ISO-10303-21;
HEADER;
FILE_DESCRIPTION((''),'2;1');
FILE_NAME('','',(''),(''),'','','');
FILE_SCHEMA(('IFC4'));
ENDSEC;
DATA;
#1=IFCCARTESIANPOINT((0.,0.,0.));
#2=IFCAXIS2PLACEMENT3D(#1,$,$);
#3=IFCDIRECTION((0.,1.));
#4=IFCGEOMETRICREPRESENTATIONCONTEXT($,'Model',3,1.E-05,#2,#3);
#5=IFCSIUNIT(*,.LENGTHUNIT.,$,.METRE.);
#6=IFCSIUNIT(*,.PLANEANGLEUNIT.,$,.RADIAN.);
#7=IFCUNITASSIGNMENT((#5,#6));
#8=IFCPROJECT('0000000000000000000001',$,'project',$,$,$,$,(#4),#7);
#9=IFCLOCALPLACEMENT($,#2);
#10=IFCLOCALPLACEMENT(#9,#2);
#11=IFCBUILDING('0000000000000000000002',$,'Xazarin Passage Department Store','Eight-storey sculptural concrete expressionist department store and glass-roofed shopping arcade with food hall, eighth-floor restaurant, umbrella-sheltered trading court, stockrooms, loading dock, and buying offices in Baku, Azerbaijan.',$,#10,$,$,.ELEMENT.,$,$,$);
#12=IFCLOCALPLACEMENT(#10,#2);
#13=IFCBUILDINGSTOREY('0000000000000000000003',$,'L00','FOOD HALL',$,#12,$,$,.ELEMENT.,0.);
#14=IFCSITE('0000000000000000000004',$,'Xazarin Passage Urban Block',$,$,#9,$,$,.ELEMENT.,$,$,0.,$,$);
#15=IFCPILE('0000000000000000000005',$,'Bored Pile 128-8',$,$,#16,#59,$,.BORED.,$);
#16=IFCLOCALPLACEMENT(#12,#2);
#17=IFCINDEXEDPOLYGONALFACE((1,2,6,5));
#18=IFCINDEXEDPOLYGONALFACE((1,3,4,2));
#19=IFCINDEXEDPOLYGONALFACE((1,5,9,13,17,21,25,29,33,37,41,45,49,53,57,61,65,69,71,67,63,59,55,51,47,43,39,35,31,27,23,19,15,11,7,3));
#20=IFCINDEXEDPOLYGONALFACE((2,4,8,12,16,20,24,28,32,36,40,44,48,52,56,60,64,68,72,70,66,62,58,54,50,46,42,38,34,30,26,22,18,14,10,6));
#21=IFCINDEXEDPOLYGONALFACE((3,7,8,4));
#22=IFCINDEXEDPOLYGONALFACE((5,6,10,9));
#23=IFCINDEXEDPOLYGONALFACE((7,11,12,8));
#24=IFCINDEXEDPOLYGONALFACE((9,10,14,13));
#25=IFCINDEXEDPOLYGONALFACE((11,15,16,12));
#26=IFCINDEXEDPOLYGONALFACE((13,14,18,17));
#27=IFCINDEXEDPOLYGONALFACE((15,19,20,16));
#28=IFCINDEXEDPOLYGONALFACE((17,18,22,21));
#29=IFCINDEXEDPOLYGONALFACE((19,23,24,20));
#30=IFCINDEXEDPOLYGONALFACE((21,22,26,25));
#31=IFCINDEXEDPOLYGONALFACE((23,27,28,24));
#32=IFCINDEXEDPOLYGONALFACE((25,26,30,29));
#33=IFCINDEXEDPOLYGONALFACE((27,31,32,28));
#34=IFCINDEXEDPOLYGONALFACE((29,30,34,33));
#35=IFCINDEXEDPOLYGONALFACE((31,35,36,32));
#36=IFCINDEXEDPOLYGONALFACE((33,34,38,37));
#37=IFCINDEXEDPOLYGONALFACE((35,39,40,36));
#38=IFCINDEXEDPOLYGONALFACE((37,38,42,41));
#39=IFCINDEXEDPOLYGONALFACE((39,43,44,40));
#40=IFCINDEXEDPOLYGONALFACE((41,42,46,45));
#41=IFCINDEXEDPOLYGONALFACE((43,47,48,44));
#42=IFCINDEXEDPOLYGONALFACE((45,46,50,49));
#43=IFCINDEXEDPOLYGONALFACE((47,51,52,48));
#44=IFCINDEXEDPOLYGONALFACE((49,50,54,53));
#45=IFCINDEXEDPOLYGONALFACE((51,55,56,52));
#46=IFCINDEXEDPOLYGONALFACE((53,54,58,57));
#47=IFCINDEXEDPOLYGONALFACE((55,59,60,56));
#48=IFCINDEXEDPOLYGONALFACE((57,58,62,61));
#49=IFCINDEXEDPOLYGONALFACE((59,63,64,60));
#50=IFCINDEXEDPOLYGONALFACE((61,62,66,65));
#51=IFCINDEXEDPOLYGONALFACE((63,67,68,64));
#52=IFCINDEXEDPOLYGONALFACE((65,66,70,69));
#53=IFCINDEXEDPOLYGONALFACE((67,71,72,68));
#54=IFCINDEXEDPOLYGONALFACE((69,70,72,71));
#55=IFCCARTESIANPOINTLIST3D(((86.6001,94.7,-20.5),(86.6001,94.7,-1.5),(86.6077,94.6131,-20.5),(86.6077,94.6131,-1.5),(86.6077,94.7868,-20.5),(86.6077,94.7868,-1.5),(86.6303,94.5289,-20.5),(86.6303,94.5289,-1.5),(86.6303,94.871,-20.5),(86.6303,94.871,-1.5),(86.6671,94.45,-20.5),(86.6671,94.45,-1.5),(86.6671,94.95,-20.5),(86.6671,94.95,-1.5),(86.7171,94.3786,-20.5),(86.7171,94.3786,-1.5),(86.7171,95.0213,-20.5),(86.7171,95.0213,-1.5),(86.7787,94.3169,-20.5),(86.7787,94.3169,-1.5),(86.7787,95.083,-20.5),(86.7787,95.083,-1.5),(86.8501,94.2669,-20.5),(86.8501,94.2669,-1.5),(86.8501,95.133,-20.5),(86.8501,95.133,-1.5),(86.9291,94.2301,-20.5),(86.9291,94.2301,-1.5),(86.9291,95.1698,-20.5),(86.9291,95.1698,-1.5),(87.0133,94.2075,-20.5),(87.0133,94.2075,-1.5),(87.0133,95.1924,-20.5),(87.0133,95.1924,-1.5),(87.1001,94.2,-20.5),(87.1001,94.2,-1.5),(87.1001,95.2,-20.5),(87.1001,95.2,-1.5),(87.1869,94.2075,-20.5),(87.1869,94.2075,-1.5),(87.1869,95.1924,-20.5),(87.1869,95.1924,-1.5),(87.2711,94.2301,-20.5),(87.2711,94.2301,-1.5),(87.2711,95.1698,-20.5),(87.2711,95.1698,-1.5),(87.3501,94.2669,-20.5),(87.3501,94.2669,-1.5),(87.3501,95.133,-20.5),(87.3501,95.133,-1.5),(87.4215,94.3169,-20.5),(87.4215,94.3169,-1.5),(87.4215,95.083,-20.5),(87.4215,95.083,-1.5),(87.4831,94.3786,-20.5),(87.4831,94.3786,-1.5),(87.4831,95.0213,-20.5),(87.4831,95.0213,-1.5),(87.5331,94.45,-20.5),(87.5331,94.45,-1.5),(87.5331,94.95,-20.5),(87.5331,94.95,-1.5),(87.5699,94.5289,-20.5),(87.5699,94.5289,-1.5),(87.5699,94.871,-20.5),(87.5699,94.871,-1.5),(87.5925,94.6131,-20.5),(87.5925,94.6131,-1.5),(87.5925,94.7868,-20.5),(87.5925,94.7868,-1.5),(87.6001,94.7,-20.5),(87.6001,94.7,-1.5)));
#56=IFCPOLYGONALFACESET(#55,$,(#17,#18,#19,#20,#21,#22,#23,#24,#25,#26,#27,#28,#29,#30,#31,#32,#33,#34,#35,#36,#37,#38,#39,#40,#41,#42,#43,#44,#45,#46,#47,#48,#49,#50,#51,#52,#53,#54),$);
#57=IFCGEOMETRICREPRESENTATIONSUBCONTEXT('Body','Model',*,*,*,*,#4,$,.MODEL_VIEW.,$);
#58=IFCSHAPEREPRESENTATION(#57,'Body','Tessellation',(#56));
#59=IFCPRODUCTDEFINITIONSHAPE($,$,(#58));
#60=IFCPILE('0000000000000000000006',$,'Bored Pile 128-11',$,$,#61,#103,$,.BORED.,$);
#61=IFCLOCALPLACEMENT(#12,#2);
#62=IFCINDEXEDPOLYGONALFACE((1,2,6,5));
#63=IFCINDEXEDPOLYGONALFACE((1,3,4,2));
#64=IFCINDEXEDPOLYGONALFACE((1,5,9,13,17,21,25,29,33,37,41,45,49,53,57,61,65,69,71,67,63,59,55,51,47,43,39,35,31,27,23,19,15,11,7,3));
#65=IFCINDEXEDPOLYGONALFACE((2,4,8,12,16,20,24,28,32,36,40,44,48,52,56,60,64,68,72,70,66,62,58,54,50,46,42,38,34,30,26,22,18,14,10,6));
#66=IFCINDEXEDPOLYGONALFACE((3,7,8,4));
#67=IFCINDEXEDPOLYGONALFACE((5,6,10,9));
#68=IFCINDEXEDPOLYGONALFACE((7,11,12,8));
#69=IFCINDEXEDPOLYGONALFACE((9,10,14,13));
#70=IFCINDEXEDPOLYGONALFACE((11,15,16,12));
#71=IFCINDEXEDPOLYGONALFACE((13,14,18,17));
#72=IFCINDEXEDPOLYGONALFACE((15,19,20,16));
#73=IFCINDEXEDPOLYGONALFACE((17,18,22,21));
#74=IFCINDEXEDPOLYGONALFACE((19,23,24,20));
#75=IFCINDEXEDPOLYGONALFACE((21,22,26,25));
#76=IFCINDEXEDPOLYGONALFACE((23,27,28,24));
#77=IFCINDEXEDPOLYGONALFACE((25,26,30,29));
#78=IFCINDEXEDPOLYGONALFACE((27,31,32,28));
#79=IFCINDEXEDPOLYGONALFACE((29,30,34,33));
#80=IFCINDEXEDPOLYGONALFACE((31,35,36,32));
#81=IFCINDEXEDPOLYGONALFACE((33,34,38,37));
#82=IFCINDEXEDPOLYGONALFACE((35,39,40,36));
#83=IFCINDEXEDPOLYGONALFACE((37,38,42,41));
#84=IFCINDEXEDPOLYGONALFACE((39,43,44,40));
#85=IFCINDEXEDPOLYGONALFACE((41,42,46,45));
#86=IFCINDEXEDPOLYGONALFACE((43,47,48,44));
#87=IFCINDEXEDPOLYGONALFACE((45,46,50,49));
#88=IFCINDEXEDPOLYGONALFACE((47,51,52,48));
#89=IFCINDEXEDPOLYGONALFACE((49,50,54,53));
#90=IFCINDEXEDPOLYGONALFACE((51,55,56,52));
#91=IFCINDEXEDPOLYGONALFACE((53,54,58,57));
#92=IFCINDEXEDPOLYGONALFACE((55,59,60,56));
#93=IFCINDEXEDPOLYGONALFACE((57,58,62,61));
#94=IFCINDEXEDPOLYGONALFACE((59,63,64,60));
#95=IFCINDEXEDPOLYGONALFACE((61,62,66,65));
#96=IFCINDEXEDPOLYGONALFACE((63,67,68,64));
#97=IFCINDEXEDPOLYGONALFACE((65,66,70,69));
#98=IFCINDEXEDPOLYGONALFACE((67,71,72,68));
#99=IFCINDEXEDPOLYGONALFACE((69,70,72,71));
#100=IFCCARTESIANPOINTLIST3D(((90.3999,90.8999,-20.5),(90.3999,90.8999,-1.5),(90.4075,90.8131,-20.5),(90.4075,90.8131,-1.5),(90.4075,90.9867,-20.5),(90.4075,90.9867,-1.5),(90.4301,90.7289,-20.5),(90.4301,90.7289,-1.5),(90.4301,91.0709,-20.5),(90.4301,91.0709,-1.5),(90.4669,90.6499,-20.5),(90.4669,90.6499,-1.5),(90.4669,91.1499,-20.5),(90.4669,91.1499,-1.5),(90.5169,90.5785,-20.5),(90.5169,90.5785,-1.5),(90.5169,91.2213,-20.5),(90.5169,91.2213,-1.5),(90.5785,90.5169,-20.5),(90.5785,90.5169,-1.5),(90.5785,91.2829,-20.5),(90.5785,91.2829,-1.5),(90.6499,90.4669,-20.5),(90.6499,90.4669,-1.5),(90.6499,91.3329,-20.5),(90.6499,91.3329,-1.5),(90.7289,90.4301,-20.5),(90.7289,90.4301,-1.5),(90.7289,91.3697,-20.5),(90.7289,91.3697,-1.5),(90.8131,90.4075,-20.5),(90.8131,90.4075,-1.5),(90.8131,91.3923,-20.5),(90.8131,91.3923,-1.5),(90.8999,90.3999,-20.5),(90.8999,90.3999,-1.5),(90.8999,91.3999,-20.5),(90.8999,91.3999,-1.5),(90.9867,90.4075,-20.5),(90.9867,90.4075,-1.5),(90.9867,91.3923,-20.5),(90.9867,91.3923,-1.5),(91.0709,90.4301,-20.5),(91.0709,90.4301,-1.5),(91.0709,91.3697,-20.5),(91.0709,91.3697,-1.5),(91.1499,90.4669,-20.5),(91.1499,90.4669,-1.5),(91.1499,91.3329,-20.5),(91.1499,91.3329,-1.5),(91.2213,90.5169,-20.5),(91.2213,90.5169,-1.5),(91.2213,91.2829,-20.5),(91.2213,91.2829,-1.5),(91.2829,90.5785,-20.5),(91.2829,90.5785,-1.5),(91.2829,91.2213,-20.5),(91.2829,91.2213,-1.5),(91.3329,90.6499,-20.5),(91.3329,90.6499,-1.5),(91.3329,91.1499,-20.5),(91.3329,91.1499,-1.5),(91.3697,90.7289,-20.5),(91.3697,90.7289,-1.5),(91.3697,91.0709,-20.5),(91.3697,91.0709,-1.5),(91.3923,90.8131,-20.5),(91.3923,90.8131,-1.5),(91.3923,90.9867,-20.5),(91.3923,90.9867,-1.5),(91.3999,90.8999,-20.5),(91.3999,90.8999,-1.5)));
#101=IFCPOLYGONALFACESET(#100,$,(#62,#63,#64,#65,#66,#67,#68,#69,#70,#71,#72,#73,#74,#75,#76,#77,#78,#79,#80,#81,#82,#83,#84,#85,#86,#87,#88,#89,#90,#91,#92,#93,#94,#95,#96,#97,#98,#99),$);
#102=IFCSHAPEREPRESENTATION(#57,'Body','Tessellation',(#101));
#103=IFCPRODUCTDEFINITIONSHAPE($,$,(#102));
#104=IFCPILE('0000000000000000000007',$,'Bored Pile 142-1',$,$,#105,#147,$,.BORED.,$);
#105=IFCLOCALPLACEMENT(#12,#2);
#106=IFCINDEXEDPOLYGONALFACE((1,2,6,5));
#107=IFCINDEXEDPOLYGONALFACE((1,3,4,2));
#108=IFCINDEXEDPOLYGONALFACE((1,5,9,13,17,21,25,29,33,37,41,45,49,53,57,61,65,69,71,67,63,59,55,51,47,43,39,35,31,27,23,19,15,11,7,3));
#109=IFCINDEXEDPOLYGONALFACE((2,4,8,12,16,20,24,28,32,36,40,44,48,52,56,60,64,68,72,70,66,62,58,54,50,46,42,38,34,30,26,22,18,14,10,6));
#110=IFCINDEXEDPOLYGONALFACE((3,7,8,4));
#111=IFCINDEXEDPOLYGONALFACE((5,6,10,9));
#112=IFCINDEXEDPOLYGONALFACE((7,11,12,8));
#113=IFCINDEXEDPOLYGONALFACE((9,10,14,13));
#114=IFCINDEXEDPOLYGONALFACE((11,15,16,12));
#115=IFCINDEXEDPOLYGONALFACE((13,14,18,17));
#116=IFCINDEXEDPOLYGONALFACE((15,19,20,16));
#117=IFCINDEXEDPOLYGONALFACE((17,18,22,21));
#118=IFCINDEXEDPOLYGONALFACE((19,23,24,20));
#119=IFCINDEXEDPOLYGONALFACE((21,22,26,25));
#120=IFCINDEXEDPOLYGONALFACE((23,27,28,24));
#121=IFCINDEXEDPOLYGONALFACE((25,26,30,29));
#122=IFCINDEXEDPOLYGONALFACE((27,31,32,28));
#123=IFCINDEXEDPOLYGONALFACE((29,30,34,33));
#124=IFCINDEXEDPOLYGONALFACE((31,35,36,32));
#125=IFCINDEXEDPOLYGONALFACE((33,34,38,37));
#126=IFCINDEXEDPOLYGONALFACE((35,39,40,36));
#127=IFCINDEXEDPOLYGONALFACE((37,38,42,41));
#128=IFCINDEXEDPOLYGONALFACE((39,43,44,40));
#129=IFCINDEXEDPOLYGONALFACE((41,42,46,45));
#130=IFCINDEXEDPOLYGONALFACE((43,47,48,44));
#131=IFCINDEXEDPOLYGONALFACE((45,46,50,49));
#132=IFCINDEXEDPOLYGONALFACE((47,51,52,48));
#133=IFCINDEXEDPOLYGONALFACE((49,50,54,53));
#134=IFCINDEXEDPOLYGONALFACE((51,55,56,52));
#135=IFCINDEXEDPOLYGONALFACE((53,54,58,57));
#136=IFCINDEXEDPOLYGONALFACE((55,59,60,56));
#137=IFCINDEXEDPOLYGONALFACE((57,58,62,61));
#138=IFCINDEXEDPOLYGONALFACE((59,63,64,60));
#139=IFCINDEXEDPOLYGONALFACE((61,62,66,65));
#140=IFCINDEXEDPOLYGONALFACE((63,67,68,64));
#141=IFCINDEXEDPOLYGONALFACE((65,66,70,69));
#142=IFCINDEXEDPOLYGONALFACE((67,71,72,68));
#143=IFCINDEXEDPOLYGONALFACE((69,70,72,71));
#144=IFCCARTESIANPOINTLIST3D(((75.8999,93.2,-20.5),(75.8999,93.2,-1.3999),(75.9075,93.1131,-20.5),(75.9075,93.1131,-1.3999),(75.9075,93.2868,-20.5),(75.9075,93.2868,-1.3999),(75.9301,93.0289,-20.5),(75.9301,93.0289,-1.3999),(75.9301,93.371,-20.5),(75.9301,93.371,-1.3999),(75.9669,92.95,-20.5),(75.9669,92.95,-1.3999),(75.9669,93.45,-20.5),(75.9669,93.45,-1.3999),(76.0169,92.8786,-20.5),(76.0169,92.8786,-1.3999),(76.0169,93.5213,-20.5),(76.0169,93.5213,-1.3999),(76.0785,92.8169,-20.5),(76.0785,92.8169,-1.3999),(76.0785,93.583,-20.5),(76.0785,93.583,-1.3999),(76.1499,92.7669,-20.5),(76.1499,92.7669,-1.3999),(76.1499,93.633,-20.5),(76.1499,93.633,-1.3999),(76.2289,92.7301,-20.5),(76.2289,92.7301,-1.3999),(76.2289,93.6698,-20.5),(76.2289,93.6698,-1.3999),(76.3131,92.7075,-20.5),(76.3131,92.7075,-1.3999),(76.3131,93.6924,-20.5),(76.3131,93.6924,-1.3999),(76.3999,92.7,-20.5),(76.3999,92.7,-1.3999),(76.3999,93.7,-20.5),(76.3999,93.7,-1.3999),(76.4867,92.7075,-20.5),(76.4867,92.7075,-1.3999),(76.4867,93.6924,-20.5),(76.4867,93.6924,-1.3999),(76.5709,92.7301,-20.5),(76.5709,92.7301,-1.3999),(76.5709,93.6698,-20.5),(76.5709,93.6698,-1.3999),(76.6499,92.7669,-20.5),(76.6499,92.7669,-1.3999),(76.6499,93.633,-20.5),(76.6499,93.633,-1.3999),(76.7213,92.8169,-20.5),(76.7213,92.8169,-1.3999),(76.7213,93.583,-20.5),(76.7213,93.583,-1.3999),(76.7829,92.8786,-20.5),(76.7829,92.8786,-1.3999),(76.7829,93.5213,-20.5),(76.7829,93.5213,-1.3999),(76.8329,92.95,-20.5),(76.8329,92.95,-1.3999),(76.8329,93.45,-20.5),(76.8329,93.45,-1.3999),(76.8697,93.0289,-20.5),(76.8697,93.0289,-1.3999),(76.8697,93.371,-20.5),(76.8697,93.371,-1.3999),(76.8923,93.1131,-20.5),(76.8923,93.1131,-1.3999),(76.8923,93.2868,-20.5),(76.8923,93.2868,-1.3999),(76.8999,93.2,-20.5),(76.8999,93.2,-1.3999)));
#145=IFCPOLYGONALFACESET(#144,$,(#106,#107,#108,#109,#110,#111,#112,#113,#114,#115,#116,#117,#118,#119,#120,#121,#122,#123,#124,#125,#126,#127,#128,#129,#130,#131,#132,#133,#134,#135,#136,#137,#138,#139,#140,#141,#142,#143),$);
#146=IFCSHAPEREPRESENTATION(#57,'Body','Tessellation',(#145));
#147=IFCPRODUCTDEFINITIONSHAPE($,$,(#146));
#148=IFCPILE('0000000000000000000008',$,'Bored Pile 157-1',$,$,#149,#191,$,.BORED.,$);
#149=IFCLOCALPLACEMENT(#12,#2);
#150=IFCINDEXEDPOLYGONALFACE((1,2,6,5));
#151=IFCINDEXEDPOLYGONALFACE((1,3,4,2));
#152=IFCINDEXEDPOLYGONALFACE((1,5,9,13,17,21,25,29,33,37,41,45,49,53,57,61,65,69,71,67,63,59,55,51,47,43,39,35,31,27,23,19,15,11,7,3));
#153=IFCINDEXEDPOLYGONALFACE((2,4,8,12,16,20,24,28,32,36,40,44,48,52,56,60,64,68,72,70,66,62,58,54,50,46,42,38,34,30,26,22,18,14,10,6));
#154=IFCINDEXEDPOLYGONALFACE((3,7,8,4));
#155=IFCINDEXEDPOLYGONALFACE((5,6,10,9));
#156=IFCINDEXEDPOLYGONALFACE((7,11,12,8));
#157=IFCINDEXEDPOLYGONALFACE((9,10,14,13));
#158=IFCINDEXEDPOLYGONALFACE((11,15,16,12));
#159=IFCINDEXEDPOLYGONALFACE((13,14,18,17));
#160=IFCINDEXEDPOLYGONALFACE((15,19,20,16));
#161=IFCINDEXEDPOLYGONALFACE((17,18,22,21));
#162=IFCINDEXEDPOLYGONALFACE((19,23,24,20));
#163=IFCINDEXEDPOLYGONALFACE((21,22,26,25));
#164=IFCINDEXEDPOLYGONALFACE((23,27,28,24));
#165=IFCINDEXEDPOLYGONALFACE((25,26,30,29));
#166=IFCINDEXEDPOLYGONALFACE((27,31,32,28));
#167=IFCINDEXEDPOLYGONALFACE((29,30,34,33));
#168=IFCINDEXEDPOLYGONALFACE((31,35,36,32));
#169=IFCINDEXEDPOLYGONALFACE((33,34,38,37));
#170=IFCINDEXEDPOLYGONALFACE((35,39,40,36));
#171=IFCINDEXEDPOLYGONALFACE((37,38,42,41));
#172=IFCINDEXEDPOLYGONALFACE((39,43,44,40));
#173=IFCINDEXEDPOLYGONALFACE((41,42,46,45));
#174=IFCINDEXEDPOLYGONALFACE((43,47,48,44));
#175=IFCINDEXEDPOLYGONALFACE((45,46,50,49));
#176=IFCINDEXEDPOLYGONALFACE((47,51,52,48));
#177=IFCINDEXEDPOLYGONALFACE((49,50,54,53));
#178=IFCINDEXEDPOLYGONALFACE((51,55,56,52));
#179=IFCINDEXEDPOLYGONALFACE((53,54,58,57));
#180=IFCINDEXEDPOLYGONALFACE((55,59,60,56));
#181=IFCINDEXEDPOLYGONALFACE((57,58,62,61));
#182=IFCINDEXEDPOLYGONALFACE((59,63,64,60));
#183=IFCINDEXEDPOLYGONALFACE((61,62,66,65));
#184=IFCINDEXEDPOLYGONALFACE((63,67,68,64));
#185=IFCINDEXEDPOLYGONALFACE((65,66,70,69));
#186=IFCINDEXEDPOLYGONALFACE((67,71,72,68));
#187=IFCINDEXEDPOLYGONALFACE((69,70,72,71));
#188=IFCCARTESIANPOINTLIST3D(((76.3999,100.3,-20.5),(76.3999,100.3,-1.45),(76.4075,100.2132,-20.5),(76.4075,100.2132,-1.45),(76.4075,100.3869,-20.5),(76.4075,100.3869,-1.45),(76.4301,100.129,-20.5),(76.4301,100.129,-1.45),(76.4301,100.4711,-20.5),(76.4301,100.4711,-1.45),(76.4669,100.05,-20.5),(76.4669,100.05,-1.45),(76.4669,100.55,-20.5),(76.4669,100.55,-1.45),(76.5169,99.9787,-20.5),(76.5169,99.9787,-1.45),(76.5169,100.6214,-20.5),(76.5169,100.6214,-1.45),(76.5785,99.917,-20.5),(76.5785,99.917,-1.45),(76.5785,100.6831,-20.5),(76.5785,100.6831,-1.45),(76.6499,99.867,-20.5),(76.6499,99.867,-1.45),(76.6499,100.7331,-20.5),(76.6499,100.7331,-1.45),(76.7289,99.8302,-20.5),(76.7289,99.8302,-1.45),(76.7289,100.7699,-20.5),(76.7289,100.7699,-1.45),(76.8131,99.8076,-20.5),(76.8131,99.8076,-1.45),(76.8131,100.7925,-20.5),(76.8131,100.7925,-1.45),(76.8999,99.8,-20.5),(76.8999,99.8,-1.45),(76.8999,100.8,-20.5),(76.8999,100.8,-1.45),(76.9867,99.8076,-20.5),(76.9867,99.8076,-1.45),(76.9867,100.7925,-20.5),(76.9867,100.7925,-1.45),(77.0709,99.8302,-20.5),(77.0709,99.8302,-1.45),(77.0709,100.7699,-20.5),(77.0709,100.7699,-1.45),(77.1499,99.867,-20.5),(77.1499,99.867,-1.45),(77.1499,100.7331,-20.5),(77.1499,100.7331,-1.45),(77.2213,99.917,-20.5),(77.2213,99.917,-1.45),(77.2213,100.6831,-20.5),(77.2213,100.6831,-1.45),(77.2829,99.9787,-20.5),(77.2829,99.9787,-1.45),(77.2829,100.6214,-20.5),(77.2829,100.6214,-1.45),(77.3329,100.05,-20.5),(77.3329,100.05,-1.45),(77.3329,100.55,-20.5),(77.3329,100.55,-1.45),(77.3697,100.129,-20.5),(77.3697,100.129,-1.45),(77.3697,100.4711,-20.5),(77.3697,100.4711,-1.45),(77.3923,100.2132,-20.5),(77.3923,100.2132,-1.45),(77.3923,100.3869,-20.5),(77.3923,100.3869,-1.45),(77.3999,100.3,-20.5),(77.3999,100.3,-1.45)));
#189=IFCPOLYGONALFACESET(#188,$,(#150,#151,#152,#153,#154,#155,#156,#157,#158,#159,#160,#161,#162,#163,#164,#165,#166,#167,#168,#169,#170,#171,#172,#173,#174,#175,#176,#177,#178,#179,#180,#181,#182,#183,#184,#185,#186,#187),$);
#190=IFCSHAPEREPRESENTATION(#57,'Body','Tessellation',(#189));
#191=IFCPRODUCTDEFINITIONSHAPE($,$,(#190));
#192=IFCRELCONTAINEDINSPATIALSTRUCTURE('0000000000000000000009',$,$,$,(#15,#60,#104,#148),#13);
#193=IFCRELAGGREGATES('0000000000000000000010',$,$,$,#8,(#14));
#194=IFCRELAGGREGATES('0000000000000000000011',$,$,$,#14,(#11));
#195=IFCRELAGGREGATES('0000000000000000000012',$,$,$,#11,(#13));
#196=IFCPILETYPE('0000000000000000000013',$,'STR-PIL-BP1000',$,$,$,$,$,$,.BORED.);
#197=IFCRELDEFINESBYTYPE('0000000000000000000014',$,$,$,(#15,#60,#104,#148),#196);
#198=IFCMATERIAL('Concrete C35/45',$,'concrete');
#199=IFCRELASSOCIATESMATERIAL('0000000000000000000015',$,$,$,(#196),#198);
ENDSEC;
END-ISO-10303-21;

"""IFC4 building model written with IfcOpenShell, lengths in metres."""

from ifc_helpers import new_model, si_unit, direction, frame, origin, origin_2d, place, context, subcontext, project, spatial, circle, extrude, material, material_profile, profile_set, type_object, element, save


model = new_model("IFC4")

# Units and contexts
model_context = context("Model", 3, precision=1e-05, world=origin(), true_north=direction((0.0, 1.0)))
body_context = subcontext(model_context, "Body", "Model", "MODEL_VIEW")
ifc_project = project(units=[si_unit("LENGTHUNIT", "METRE"), si_unit("PLANEANGLEUNIT", "RADIAN")], contexts=[model_context])

# Site, building, storey
site_placement = place(None, origin())
site = spatial("IfcSite", under=ifc_project, at=site_placement, Name="Xazarin Passage Urban Block", CompositionType="ELEMENT", RefElevation=0.0)
building_placement = place(site_placement, origin())
building = spatial("IfcBuilding", under=site, at=building_placement, Name="Xazarin Passage Department Store", Description="Eight-storey sculptural concrete expressionist department store and glass-roofed shopping arcade with food hall, eighth-floor restaurant, umbrella-sheltered trading court, stockrooms, loading dock, and buying offices in Baku, Azerbaijan.", CompositionType="ELEMENT")
storey_placement = place(building_placement, origin())
storey = spatial("IfcBuildingStorey", under=building, at=storey_placement, Name="L00", Description="FOOD HALL", CompositionType="ELEMENT", Elevation=0.0)

# Shared definitions
ifc_material_1 = material(Name="Concrete C35/45", Category="concrete")

# Piles
ifc_material_profile_1 = material_profile(ifc_material_1, circle(Radius=0.5, at=origin_2d()), Name="BP 1000")
ifc_profile_set_1 = profile_set([ifc_material_profile_1], Name="Concrete C35/45")
pile_type_1 = type_object("IfcPileType", Name="STR-PIL-BP1000", PredefinedType="BORED", material=ifc_profile_set_1)
for number, where, z_axis, x_axis, name in (
    (1, (87.1001, 94.7, -1.5), (0.0, 0.0, -1.0), (1.0, 0.0, 0.0), "Bored Pile 128-8"),
    (2, (90.8999, 90.8999, -1.5), (0.0, 0.0, -1.0), (1.0, 0.0, 0.0), "Bored Pile 128-11"),
):
    element("IfcPile", number, at=place(storey_placement, frame(where, z_axis=z_axis, x_axis=x_axis)), inside=storey, type_object=pile_type_1, Name=name, PredefinedType="BORED", context=body_context, shape_type="SweptSolid", body=[
        extrude(circle(Radius=0.5, at=origin_2d()), origin(), (0.0, 0.0, 1.0), 19.0),
    ])
pile_1_placement = place(storey_placement, frame((76.3999, 93.2, -1.3999), z_axis=(0.0, 0.0, -1.0), x_axis=(1.0, 0.0, 0.0)))
element("IfcPile", 3, at=pile_1_placement, inside=storey, type_object=pile_type_1, Name="Bored Pile 142-1", PredefinedType="BORED", context=body_context, shape_type="SweptSolid", body=[
    extrude(circle(Radius=0.5, at=origin_2d()), origin(), (0.0, 0.0, 1.0), 19.1001),
])
for number, where, z_axis, x_axis, name in (
    (4, (76.8999, 100.3, -1.45), (0.0, 0.0, -1.0), (1.0, 0.0, 0.0), "Bored Pile 157-1"),
):
    element("IfcPile", number, at=place(storey_placement, frame(where, z_axis=z_axis, x_axis=x_axis)), inside=storey, type_object=pile_type_1, Name=name, PredefinedType="BORED", context=body_context, shape_type="SweptSolid", body=[
        extrude(circle(Radius=0.5, at=origin_2d()), origin(), (0.0, 0.0, 1.0), 19.05),
    ])

save(model, "model.ifc")
